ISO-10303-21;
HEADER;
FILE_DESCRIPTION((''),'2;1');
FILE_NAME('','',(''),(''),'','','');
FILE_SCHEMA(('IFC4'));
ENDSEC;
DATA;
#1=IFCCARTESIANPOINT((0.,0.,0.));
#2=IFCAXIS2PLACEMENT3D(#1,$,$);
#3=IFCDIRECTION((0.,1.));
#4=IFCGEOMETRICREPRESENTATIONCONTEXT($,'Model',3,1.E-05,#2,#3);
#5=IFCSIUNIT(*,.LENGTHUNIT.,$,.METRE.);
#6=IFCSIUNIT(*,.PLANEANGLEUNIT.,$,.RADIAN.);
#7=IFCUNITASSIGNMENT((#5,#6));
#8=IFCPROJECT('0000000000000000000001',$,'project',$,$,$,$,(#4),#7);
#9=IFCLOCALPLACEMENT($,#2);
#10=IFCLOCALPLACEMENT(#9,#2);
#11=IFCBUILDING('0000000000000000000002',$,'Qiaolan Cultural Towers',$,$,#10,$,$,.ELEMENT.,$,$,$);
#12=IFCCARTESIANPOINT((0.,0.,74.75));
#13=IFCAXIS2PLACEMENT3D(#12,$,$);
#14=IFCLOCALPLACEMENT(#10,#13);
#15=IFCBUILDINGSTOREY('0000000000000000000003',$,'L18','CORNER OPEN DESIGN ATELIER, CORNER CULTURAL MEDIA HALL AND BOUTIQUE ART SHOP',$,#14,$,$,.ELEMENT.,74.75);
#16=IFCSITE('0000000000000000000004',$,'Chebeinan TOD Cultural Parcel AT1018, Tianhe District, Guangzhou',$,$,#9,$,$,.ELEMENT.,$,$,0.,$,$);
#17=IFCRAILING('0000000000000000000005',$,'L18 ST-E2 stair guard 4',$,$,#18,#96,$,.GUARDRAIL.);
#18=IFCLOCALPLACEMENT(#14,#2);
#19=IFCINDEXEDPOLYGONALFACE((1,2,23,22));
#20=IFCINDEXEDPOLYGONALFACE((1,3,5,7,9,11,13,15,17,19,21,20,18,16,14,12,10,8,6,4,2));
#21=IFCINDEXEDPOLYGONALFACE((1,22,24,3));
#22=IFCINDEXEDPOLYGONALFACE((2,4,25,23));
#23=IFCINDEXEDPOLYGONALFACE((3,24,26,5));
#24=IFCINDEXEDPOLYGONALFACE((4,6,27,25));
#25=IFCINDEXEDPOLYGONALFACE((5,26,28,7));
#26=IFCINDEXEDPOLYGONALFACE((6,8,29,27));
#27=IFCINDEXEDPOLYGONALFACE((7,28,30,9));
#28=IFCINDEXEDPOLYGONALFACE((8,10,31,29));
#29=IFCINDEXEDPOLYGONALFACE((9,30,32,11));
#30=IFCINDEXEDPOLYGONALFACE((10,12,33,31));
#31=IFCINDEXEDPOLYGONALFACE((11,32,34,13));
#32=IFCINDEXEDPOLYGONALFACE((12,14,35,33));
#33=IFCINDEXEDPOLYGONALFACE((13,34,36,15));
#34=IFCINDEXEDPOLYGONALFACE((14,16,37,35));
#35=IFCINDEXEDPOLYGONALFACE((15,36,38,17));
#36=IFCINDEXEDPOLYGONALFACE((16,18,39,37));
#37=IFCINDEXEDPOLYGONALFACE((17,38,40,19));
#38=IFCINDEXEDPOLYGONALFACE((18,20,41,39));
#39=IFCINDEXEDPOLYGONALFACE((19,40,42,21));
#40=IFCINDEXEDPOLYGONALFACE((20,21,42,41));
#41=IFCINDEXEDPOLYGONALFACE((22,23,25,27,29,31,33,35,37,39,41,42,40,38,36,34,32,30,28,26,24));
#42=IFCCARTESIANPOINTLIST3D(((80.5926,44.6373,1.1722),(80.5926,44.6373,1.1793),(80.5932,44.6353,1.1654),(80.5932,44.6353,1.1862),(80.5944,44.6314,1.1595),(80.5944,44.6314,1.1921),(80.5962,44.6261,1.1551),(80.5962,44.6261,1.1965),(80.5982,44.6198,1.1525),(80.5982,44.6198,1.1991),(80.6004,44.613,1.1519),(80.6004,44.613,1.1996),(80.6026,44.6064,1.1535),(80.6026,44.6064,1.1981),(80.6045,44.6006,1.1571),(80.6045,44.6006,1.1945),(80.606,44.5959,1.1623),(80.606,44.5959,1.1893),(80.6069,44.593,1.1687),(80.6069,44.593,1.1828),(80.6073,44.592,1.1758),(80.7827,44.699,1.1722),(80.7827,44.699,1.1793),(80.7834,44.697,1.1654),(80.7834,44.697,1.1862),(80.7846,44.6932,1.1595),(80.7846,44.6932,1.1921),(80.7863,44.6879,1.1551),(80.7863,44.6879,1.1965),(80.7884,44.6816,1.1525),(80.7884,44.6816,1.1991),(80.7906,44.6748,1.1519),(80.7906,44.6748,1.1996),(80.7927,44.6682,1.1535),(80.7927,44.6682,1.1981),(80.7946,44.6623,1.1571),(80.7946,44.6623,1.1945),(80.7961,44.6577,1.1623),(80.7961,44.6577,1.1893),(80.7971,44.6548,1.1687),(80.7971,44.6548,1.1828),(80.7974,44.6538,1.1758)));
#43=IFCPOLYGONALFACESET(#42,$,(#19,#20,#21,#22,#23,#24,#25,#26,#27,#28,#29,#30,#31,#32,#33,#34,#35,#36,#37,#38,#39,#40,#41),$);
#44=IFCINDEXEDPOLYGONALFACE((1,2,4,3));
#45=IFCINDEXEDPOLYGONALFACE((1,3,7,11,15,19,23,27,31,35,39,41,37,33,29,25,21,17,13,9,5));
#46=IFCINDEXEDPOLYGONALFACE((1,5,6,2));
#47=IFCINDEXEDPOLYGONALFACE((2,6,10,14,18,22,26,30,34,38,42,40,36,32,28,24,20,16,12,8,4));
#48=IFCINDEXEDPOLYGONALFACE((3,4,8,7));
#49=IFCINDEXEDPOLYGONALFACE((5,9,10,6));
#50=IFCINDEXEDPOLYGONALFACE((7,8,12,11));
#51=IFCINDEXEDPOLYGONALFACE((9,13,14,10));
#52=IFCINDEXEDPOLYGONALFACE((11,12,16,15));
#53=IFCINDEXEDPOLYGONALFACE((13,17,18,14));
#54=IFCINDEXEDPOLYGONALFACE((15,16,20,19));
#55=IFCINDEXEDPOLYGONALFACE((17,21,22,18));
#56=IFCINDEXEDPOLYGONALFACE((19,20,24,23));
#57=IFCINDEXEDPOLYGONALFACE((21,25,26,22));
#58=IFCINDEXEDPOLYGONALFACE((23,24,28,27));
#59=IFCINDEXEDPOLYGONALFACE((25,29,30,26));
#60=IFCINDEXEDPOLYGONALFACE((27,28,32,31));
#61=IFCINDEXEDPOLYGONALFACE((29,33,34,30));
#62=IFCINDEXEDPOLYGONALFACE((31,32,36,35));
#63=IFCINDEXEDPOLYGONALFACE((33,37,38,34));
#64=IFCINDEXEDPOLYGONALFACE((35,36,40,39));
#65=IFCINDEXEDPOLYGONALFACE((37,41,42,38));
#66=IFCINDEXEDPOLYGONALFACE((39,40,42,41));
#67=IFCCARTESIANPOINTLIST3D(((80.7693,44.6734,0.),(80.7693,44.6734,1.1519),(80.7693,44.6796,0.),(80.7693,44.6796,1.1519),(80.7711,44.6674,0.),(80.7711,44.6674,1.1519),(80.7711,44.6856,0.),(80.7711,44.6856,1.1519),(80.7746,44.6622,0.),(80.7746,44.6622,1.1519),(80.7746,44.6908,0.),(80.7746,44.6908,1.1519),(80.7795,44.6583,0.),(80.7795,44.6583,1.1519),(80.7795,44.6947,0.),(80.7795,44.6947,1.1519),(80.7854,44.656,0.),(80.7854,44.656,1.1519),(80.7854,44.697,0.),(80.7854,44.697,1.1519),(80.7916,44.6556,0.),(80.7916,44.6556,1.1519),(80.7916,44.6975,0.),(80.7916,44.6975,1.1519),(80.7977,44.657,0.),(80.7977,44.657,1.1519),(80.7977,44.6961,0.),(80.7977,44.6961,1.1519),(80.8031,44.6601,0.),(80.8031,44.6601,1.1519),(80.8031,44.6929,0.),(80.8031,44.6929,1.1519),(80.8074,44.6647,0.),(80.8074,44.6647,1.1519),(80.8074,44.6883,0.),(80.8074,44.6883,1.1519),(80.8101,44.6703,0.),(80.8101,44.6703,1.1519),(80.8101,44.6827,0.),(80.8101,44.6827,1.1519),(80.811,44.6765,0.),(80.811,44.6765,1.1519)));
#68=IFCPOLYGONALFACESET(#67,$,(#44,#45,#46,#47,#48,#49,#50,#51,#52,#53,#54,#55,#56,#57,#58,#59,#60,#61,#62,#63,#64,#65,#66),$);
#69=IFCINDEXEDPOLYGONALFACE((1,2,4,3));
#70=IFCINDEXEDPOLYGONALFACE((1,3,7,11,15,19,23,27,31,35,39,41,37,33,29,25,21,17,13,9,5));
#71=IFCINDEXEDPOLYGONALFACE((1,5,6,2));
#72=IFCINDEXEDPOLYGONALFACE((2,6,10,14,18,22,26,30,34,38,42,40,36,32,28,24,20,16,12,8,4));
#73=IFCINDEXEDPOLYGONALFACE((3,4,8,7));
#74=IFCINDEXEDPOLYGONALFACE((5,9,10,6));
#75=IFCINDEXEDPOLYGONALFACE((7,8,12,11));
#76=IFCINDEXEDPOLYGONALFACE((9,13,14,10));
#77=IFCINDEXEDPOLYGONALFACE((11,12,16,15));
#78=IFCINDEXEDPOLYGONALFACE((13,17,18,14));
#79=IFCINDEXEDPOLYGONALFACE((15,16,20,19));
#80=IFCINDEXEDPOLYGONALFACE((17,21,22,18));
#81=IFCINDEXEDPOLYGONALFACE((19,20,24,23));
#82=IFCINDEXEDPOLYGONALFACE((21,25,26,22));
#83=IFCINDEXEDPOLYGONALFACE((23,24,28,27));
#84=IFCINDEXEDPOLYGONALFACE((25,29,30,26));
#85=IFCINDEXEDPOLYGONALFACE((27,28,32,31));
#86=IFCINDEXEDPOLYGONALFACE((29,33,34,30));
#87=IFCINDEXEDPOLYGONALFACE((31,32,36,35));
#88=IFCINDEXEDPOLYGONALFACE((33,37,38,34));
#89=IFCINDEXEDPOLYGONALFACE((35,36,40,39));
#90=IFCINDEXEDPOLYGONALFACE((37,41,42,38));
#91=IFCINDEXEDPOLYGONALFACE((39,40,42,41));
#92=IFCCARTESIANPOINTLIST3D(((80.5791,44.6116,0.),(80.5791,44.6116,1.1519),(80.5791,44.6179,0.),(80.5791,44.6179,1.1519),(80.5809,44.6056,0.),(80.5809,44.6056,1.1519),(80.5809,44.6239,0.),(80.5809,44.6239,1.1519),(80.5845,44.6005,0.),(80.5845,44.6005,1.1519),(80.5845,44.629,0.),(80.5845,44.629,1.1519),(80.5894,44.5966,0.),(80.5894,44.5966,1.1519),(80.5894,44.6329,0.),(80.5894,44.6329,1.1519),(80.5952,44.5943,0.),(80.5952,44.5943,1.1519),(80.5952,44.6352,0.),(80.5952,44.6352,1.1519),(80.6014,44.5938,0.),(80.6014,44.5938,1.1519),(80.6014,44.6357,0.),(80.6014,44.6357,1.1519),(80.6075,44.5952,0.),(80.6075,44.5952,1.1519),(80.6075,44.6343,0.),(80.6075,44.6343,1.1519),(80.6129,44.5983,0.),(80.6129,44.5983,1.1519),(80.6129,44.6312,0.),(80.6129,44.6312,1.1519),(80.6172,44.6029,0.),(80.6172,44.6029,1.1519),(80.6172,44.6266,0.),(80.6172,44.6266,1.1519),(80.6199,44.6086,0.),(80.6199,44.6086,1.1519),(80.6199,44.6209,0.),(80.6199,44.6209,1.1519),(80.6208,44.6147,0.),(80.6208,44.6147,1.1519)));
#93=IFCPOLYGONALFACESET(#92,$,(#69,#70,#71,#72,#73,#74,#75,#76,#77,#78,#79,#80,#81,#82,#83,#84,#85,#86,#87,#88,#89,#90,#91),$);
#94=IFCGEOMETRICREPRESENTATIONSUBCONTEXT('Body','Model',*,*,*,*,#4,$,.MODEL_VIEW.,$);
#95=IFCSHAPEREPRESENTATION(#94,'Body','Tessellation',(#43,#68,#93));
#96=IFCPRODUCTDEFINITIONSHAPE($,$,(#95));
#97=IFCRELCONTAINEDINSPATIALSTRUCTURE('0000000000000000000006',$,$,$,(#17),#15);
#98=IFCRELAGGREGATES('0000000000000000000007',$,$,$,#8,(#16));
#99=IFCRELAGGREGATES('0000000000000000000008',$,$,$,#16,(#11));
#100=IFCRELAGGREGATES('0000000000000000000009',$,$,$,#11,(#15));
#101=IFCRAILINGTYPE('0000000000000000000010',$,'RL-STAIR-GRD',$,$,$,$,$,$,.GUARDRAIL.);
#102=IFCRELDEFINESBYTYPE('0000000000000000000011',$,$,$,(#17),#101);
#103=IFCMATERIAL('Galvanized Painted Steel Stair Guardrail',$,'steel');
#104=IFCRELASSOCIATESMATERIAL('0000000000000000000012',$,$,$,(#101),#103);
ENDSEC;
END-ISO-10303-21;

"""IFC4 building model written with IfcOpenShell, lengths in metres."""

from ifc_helpers import new_model, si_unit, direction, frame, origin, origin_2d, place, context, subcontext, project, spatial, circle, extrude, material, type_object, element, save


model = new_model("IFC4")

# Units and contexts
model_context = context("Model", 3, precision=1e-05, world=origin(), true_north=direction((0.0, 1.0)))
body_context = subcontext(model_context, "Body", "Model", "MODEL_VIEW")
ifc_project = project(units=[si_unit("LENGTHUNIT", "METRE"), si_unit("PLANEANGLEUNIT", "RADIAN")], contexts=[model_context])

# Site, building, storey
site_placement = place(None, origin())
site = spatial("IfcSite", under=ifc_project, at=site_placement, Name="Chebeinan TOD Cultural Parcel AT1018, Tianhe District, Guangzhou", CompositionType="ELEMENT", RefElevation=0.0)
building_placement = place(site_placement, origin())
building = spatial("IfcBuilding", under=site, at=building_placement, Name="Qiaolan Cultural Towers", CompositionType="ELEMENT")
storey_placement = place(building_placement, frame((0.0, 0.0, 74.75)))
storey = spatial("IfcBuildingStorey", under=building, at=storey_placement, Name="L18", Description="CORNER OPEN DESIGN ATELIER, CORNER CULTURAL MEDIA HALL AND BOUTIQUE ART SHOP", CompositionType="ELEMENT", Elevation=74.75)

# Railing
ifc_material_1 = material(Name="Galvanized Painted Steel Stair Guardrail", Category="steel")
railing_type = type_object("IfcRailingType", Name="RL-STAIR-GRD", PredefinedType="GUARDRAIL", material=ifc_material_1)
railing_1_placement = place(storey_placement, frame((80.79, 44.6765, 0.0)))
element("IfcRailing", 1, at=railing_1_placement, inside=storey, type_object=railing_type, Name="L18 ST-E2 stair guard 4", PredefinedType="GUARDRAIL", context=body_context, shape_type="SweptSolid", body=[
    extrude(circle(Radius=0.0239, at=origin_2d()), frame((0.0, 0.0, 1.1758), z_axis=(-0.951097, -0.308893, 0.0), x_axis=(0.308893, -0.951097, 0.0)), (0.0, 0.0, 1.0), 0.2),
    extrude(circle(Radius=0.021, at=origin_2d()), origin(), (0.0, 0.0, 1.0), 1.1519),
    extrude(circle(Radius=0.021, at=origin_2d()), frame((-0.1902, -0.0618, 0.0)), (0.0, 0.0, 1.0), 1.1519),
])

save(model, "model.ifc")
